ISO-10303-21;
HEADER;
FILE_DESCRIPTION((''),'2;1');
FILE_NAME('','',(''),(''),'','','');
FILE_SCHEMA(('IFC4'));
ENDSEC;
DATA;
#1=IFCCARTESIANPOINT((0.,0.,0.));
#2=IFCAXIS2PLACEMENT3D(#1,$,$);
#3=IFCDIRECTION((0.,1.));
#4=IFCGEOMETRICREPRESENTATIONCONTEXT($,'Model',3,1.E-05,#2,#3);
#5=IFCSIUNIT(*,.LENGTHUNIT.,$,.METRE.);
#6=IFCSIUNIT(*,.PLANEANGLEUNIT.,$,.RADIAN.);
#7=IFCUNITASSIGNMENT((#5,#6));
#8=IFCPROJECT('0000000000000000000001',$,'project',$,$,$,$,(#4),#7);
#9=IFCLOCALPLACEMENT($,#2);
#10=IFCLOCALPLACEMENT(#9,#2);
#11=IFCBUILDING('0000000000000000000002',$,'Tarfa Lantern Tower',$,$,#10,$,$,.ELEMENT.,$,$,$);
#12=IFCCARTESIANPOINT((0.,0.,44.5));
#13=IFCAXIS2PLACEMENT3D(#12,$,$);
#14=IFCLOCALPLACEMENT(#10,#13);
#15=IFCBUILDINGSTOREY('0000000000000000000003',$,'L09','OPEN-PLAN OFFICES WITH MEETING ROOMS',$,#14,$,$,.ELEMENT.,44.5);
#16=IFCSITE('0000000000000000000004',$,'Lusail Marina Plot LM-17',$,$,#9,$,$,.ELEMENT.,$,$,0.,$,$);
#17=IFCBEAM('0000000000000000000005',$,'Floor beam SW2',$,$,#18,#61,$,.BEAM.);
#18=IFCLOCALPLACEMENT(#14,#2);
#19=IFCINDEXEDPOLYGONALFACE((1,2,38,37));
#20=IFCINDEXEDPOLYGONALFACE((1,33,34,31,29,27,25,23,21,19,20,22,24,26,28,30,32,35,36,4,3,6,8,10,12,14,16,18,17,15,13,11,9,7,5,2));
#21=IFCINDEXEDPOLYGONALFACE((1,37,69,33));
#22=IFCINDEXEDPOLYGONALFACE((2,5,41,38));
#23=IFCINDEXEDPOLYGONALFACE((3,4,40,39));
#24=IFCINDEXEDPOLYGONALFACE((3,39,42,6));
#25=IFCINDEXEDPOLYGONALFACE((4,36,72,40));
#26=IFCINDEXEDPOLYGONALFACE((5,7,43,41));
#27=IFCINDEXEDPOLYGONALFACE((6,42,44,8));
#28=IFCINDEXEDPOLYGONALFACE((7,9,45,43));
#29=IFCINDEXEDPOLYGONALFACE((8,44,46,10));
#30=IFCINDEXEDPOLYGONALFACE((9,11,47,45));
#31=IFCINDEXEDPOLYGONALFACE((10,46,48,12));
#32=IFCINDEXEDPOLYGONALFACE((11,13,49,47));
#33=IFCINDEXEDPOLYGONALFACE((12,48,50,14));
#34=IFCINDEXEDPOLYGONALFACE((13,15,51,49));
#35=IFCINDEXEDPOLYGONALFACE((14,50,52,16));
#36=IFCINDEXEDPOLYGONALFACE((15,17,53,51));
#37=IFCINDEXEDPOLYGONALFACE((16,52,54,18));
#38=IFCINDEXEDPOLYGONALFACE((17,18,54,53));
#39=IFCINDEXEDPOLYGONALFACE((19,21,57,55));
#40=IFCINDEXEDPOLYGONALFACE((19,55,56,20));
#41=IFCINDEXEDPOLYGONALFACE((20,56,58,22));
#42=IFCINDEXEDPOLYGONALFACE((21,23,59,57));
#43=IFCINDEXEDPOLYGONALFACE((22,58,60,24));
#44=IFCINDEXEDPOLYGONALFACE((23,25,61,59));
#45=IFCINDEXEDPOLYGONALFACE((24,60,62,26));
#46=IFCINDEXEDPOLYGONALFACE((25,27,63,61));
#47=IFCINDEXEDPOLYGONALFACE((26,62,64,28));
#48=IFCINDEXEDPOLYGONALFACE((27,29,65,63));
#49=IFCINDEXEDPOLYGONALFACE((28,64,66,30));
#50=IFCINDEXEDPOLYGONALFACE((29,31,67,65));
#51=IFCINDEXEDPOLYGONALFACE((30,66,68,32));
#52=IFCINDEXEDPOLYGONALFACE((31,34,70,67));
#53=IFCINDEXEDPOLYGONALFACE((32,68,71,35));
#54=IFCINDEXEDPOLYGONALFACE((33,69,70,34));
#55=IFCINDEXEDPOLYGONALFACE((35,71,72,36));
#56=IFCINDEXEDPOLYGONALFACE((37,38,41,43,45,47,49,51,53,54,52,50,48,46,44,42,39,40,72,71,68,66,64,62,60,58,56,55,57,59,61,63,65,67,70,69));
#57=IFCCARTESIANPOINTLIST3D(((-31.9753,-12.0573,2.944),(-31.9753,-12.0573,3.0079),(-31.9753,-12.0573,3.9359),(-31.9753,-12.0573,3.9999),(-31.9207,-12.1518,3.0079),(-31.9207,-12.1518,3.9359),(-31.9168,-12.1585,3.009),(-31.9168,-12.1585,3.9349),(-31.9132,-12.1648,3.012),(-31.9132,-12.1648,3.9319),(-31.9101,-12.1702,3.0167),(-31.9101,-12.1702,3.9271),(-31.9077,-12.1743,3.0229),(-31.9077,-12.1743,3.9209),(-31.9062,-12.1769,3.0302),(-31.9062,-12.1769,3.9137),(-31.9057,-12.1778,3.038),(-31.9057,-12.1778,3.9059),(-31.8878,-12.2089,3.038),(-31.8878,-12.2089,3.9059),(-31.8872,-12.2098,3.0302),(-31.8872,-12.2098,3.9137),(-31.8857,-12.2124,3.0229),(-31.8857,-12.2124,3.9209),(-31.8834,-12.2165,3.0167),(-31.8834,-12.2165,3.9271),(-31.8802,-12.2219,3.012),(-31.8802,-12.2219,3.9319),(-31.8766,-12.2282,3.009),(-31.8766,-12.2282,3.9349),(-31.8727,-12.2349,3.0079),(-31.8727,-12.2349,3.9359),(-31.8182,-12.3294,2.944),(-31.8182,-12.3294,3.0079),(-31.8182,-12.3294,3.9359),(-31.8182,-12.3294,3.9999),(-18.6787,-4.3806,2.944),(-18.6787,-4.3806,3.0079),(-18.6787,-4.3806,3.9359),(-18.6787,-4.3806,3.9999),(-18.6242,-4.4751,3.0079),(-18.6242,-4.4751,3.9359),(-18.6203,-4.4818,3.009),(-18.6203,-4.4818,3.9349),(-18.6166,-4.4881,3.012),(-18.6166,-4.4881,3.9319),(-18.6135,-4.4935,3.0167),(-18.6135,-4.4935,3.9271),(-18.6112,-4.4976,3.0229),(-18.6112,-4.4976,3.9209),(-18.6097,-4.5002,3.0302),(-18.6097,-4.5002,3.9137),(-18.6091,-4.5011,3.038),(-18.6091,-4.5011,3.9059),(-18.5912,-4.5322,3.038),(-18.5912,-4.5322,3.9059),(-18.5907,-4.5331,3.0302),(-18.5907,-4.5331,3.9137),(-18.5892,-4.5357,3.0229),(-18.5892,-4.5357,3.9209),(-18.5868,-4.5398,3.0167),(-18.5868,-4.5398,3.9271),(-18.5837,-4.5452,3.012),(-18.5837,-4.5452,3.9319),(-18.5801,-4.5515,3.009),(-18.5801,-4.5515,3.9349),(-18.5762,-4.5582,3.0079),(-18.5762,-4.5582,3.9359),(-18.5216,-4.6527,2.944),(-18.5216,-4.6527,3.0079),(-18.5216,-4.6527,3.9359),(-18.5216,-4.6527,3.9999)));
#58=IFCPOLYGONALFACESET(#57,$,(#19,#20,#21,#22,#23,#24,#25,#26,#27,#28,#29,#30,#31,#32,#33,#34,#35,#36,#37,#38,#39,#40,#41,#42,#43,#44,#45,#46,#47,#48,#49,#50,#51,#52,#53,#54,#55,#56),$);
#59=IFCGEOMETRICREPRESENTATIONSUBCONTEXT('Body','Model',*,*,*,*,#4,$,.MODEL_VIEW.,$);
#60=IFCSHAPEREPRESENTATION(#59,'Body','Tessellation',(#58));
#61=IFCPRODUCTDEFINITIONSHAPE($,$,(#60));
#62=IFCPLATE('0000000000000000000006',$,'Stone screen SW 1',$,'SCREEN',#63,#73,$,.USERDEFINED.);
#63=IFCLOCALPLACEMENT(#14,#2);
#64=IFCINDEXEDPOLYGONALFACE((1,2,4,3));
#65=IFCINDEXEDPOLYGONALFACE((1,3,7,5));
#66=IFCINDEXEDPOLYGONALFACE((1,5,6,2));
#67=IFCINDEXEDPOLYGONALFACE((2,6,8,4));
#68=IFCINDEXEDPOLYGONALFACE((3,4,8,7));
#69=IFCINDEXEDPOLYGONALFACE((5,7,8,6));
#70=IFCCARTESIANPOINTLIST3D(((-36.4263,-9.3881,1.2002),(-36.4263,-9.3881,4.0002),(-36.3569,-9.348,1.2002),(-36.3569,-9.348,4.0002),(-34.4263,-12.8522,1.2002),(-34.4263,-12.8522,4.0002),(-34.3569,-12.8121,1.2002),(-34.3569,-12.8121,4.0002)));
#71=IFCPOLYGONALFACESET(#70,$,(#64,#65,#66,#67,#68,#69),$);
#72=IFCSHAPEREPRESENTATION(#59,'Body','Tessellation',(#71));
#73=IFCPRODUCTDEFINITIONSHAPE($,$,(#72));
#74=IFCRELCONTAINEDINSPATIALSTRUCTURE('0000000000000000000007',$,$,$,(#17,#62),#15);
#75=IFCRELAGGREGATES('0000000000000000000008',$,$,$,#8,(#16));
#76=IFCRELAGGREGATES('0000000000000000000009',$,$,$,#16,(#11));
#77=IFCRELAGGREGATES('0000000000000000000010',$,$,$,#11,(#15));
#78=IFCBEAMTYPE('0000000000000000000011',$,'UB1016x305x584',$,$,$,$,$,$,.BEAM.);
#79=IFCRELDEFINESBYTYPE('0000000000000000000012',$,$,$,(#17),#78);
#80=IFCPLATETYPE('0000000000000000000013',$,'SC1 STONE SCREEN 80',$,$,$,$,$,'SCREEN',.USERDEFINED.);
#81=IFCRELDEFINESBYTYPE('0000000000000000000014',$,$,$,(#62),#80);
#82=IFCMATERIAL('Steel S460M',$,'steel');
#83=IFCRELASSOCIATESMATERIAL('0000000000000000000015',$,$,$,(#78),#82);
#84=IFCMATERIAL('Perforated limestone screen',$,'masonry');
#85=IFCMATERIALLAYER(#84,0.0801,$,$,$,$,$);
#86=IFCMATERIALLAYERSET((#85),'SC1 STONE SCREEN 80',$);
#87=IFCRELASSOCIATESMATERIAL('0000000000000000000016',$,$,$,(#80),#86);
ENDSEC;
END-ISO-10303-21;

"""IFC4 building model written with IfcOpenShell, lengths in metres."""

from ifc_helpers import new_model, si_unit, direction, frame, origin, origin_2d, place, context, subcontext, project, spatial, rectangle, i_section, extrude, material, layer, layer_set, material_profile, profile_set, type_object, element, save


model = new_model("IFC4")

# Units and contexts
model_context = context("Model", 3, precision=1e-05, world=origin(), true_north=direction((0.0, 1.0)))
body_context = subcontext(model_context, "Body", "Model", "MODEL_VIEW")
ifc_project = project(units=[si_unit("LENGTHUNIT", "METRE"), si_unit("PLANEANGLEUNIT", "RADIAN")], contexts=[model_context])

# Site, building, storey
site_placement = place(None, origin())
site = spatial("IfcSite", under=ifc_project, at=site_placement, Name="Lusail Marina Plot LM-17", CompositionType="ELEMENT", RefElevation=0.0)
building_placement = place(site_placement, origin())
building = spatial("IfcBuilding", under=site, at=building_placement, Name="Tarfa Lantern Tower", CompositionType="ELEMENT")
storey_placement = place(building_placement, frame((0.0, 0.0, 44.5)))
storey = spatial("IfcBuildingStorey", under=building, at=storey_placement, Name="L09", Description="OPEN-PLAN OFFICES WITH MEETING ROOMS", CompositionType="ELEMENT", Elevation=44.5)

# Beam
ifc_material_1 = material(Name="Steel S460M", Category="steel")
ifc_material_profile_1 = material_profile(ifc_material_1, i_section(OverallWidth=0.3142, OverallDepth=1.0559, WebThickness=0.0359, FlangeThickness=0.064, FilletRadius=0.03, at=origin_2d()), Name="UB1016x305x584")
ifc_profile_set_1 = profile_set([ifc_material_profile_1], Name="Steel S460M")
beam_type_1 = type_object("IfcBeamType", Name="UB1016x305x584", PredefinedType="BEAM", material=ifc_profile_set_1)
beam_1_placement = place(storey_placement, frame((-31.8967, -12.1934, 3.4719), z_axis=(0.866027, 0.499997, 0.0), x_axis=(-0.499997, 0.866027, 0.0)))
element("IfcBeam", 1, at=beam_1_placement, inside=storey, type_object=beam_type_1, Name="Floor beam SW2", PredefinedType="BEAM", context=body_context, shape_type="SweptSolid", body=[
    extrude(i_section(OverallWidth=0.3142, OverallDepth=1.0559, WebThickness=0.0359, FlangeThickness=0.064, FilletRadius=0.03, at=origin_2d()), origin(), (0.0, 0.0, 1.0), 15.3535),
])

# Plate
ifc_material_2 = material(Name="Perforated limestone screen", Category="masonry")
ifc_layer_1 = layer(ifc_material_2, 0.0801)
ifc_layer_set_1 = layer_set([ifc_layer_1], Name="SC1 STONE SCREEN 80")
plate_type = type_object("IfcPlateType", Name="SC1 STONE SCREEN 80", ElementType="SCREEN", PredefinedType="USERDEFINED", material=ifc_layer_set_1)
plate_placement = place(storey_placement, frame((-35.3916, -11.1001, 1.2002), z_axis=(0.0, 0.0, 1.0), x_axis=(0.5, -0.866025, 0.0)))
element("IfcPlate", 2, at=plate_placement, inside=storey, type_object=plate_type, Name="Stone screen SW 1", ObjectType="SCREEN", PredefinedType="USERDEFINED", context=body_context, shape_type="SweptSolid", body=[
    extrude(rectangle(XDim=4.0, YDim=0.0801, at=origin_2d()), origin(), (0.0, 0.0, 1.0), 2.8),
])

save(model, "model.ifc")
